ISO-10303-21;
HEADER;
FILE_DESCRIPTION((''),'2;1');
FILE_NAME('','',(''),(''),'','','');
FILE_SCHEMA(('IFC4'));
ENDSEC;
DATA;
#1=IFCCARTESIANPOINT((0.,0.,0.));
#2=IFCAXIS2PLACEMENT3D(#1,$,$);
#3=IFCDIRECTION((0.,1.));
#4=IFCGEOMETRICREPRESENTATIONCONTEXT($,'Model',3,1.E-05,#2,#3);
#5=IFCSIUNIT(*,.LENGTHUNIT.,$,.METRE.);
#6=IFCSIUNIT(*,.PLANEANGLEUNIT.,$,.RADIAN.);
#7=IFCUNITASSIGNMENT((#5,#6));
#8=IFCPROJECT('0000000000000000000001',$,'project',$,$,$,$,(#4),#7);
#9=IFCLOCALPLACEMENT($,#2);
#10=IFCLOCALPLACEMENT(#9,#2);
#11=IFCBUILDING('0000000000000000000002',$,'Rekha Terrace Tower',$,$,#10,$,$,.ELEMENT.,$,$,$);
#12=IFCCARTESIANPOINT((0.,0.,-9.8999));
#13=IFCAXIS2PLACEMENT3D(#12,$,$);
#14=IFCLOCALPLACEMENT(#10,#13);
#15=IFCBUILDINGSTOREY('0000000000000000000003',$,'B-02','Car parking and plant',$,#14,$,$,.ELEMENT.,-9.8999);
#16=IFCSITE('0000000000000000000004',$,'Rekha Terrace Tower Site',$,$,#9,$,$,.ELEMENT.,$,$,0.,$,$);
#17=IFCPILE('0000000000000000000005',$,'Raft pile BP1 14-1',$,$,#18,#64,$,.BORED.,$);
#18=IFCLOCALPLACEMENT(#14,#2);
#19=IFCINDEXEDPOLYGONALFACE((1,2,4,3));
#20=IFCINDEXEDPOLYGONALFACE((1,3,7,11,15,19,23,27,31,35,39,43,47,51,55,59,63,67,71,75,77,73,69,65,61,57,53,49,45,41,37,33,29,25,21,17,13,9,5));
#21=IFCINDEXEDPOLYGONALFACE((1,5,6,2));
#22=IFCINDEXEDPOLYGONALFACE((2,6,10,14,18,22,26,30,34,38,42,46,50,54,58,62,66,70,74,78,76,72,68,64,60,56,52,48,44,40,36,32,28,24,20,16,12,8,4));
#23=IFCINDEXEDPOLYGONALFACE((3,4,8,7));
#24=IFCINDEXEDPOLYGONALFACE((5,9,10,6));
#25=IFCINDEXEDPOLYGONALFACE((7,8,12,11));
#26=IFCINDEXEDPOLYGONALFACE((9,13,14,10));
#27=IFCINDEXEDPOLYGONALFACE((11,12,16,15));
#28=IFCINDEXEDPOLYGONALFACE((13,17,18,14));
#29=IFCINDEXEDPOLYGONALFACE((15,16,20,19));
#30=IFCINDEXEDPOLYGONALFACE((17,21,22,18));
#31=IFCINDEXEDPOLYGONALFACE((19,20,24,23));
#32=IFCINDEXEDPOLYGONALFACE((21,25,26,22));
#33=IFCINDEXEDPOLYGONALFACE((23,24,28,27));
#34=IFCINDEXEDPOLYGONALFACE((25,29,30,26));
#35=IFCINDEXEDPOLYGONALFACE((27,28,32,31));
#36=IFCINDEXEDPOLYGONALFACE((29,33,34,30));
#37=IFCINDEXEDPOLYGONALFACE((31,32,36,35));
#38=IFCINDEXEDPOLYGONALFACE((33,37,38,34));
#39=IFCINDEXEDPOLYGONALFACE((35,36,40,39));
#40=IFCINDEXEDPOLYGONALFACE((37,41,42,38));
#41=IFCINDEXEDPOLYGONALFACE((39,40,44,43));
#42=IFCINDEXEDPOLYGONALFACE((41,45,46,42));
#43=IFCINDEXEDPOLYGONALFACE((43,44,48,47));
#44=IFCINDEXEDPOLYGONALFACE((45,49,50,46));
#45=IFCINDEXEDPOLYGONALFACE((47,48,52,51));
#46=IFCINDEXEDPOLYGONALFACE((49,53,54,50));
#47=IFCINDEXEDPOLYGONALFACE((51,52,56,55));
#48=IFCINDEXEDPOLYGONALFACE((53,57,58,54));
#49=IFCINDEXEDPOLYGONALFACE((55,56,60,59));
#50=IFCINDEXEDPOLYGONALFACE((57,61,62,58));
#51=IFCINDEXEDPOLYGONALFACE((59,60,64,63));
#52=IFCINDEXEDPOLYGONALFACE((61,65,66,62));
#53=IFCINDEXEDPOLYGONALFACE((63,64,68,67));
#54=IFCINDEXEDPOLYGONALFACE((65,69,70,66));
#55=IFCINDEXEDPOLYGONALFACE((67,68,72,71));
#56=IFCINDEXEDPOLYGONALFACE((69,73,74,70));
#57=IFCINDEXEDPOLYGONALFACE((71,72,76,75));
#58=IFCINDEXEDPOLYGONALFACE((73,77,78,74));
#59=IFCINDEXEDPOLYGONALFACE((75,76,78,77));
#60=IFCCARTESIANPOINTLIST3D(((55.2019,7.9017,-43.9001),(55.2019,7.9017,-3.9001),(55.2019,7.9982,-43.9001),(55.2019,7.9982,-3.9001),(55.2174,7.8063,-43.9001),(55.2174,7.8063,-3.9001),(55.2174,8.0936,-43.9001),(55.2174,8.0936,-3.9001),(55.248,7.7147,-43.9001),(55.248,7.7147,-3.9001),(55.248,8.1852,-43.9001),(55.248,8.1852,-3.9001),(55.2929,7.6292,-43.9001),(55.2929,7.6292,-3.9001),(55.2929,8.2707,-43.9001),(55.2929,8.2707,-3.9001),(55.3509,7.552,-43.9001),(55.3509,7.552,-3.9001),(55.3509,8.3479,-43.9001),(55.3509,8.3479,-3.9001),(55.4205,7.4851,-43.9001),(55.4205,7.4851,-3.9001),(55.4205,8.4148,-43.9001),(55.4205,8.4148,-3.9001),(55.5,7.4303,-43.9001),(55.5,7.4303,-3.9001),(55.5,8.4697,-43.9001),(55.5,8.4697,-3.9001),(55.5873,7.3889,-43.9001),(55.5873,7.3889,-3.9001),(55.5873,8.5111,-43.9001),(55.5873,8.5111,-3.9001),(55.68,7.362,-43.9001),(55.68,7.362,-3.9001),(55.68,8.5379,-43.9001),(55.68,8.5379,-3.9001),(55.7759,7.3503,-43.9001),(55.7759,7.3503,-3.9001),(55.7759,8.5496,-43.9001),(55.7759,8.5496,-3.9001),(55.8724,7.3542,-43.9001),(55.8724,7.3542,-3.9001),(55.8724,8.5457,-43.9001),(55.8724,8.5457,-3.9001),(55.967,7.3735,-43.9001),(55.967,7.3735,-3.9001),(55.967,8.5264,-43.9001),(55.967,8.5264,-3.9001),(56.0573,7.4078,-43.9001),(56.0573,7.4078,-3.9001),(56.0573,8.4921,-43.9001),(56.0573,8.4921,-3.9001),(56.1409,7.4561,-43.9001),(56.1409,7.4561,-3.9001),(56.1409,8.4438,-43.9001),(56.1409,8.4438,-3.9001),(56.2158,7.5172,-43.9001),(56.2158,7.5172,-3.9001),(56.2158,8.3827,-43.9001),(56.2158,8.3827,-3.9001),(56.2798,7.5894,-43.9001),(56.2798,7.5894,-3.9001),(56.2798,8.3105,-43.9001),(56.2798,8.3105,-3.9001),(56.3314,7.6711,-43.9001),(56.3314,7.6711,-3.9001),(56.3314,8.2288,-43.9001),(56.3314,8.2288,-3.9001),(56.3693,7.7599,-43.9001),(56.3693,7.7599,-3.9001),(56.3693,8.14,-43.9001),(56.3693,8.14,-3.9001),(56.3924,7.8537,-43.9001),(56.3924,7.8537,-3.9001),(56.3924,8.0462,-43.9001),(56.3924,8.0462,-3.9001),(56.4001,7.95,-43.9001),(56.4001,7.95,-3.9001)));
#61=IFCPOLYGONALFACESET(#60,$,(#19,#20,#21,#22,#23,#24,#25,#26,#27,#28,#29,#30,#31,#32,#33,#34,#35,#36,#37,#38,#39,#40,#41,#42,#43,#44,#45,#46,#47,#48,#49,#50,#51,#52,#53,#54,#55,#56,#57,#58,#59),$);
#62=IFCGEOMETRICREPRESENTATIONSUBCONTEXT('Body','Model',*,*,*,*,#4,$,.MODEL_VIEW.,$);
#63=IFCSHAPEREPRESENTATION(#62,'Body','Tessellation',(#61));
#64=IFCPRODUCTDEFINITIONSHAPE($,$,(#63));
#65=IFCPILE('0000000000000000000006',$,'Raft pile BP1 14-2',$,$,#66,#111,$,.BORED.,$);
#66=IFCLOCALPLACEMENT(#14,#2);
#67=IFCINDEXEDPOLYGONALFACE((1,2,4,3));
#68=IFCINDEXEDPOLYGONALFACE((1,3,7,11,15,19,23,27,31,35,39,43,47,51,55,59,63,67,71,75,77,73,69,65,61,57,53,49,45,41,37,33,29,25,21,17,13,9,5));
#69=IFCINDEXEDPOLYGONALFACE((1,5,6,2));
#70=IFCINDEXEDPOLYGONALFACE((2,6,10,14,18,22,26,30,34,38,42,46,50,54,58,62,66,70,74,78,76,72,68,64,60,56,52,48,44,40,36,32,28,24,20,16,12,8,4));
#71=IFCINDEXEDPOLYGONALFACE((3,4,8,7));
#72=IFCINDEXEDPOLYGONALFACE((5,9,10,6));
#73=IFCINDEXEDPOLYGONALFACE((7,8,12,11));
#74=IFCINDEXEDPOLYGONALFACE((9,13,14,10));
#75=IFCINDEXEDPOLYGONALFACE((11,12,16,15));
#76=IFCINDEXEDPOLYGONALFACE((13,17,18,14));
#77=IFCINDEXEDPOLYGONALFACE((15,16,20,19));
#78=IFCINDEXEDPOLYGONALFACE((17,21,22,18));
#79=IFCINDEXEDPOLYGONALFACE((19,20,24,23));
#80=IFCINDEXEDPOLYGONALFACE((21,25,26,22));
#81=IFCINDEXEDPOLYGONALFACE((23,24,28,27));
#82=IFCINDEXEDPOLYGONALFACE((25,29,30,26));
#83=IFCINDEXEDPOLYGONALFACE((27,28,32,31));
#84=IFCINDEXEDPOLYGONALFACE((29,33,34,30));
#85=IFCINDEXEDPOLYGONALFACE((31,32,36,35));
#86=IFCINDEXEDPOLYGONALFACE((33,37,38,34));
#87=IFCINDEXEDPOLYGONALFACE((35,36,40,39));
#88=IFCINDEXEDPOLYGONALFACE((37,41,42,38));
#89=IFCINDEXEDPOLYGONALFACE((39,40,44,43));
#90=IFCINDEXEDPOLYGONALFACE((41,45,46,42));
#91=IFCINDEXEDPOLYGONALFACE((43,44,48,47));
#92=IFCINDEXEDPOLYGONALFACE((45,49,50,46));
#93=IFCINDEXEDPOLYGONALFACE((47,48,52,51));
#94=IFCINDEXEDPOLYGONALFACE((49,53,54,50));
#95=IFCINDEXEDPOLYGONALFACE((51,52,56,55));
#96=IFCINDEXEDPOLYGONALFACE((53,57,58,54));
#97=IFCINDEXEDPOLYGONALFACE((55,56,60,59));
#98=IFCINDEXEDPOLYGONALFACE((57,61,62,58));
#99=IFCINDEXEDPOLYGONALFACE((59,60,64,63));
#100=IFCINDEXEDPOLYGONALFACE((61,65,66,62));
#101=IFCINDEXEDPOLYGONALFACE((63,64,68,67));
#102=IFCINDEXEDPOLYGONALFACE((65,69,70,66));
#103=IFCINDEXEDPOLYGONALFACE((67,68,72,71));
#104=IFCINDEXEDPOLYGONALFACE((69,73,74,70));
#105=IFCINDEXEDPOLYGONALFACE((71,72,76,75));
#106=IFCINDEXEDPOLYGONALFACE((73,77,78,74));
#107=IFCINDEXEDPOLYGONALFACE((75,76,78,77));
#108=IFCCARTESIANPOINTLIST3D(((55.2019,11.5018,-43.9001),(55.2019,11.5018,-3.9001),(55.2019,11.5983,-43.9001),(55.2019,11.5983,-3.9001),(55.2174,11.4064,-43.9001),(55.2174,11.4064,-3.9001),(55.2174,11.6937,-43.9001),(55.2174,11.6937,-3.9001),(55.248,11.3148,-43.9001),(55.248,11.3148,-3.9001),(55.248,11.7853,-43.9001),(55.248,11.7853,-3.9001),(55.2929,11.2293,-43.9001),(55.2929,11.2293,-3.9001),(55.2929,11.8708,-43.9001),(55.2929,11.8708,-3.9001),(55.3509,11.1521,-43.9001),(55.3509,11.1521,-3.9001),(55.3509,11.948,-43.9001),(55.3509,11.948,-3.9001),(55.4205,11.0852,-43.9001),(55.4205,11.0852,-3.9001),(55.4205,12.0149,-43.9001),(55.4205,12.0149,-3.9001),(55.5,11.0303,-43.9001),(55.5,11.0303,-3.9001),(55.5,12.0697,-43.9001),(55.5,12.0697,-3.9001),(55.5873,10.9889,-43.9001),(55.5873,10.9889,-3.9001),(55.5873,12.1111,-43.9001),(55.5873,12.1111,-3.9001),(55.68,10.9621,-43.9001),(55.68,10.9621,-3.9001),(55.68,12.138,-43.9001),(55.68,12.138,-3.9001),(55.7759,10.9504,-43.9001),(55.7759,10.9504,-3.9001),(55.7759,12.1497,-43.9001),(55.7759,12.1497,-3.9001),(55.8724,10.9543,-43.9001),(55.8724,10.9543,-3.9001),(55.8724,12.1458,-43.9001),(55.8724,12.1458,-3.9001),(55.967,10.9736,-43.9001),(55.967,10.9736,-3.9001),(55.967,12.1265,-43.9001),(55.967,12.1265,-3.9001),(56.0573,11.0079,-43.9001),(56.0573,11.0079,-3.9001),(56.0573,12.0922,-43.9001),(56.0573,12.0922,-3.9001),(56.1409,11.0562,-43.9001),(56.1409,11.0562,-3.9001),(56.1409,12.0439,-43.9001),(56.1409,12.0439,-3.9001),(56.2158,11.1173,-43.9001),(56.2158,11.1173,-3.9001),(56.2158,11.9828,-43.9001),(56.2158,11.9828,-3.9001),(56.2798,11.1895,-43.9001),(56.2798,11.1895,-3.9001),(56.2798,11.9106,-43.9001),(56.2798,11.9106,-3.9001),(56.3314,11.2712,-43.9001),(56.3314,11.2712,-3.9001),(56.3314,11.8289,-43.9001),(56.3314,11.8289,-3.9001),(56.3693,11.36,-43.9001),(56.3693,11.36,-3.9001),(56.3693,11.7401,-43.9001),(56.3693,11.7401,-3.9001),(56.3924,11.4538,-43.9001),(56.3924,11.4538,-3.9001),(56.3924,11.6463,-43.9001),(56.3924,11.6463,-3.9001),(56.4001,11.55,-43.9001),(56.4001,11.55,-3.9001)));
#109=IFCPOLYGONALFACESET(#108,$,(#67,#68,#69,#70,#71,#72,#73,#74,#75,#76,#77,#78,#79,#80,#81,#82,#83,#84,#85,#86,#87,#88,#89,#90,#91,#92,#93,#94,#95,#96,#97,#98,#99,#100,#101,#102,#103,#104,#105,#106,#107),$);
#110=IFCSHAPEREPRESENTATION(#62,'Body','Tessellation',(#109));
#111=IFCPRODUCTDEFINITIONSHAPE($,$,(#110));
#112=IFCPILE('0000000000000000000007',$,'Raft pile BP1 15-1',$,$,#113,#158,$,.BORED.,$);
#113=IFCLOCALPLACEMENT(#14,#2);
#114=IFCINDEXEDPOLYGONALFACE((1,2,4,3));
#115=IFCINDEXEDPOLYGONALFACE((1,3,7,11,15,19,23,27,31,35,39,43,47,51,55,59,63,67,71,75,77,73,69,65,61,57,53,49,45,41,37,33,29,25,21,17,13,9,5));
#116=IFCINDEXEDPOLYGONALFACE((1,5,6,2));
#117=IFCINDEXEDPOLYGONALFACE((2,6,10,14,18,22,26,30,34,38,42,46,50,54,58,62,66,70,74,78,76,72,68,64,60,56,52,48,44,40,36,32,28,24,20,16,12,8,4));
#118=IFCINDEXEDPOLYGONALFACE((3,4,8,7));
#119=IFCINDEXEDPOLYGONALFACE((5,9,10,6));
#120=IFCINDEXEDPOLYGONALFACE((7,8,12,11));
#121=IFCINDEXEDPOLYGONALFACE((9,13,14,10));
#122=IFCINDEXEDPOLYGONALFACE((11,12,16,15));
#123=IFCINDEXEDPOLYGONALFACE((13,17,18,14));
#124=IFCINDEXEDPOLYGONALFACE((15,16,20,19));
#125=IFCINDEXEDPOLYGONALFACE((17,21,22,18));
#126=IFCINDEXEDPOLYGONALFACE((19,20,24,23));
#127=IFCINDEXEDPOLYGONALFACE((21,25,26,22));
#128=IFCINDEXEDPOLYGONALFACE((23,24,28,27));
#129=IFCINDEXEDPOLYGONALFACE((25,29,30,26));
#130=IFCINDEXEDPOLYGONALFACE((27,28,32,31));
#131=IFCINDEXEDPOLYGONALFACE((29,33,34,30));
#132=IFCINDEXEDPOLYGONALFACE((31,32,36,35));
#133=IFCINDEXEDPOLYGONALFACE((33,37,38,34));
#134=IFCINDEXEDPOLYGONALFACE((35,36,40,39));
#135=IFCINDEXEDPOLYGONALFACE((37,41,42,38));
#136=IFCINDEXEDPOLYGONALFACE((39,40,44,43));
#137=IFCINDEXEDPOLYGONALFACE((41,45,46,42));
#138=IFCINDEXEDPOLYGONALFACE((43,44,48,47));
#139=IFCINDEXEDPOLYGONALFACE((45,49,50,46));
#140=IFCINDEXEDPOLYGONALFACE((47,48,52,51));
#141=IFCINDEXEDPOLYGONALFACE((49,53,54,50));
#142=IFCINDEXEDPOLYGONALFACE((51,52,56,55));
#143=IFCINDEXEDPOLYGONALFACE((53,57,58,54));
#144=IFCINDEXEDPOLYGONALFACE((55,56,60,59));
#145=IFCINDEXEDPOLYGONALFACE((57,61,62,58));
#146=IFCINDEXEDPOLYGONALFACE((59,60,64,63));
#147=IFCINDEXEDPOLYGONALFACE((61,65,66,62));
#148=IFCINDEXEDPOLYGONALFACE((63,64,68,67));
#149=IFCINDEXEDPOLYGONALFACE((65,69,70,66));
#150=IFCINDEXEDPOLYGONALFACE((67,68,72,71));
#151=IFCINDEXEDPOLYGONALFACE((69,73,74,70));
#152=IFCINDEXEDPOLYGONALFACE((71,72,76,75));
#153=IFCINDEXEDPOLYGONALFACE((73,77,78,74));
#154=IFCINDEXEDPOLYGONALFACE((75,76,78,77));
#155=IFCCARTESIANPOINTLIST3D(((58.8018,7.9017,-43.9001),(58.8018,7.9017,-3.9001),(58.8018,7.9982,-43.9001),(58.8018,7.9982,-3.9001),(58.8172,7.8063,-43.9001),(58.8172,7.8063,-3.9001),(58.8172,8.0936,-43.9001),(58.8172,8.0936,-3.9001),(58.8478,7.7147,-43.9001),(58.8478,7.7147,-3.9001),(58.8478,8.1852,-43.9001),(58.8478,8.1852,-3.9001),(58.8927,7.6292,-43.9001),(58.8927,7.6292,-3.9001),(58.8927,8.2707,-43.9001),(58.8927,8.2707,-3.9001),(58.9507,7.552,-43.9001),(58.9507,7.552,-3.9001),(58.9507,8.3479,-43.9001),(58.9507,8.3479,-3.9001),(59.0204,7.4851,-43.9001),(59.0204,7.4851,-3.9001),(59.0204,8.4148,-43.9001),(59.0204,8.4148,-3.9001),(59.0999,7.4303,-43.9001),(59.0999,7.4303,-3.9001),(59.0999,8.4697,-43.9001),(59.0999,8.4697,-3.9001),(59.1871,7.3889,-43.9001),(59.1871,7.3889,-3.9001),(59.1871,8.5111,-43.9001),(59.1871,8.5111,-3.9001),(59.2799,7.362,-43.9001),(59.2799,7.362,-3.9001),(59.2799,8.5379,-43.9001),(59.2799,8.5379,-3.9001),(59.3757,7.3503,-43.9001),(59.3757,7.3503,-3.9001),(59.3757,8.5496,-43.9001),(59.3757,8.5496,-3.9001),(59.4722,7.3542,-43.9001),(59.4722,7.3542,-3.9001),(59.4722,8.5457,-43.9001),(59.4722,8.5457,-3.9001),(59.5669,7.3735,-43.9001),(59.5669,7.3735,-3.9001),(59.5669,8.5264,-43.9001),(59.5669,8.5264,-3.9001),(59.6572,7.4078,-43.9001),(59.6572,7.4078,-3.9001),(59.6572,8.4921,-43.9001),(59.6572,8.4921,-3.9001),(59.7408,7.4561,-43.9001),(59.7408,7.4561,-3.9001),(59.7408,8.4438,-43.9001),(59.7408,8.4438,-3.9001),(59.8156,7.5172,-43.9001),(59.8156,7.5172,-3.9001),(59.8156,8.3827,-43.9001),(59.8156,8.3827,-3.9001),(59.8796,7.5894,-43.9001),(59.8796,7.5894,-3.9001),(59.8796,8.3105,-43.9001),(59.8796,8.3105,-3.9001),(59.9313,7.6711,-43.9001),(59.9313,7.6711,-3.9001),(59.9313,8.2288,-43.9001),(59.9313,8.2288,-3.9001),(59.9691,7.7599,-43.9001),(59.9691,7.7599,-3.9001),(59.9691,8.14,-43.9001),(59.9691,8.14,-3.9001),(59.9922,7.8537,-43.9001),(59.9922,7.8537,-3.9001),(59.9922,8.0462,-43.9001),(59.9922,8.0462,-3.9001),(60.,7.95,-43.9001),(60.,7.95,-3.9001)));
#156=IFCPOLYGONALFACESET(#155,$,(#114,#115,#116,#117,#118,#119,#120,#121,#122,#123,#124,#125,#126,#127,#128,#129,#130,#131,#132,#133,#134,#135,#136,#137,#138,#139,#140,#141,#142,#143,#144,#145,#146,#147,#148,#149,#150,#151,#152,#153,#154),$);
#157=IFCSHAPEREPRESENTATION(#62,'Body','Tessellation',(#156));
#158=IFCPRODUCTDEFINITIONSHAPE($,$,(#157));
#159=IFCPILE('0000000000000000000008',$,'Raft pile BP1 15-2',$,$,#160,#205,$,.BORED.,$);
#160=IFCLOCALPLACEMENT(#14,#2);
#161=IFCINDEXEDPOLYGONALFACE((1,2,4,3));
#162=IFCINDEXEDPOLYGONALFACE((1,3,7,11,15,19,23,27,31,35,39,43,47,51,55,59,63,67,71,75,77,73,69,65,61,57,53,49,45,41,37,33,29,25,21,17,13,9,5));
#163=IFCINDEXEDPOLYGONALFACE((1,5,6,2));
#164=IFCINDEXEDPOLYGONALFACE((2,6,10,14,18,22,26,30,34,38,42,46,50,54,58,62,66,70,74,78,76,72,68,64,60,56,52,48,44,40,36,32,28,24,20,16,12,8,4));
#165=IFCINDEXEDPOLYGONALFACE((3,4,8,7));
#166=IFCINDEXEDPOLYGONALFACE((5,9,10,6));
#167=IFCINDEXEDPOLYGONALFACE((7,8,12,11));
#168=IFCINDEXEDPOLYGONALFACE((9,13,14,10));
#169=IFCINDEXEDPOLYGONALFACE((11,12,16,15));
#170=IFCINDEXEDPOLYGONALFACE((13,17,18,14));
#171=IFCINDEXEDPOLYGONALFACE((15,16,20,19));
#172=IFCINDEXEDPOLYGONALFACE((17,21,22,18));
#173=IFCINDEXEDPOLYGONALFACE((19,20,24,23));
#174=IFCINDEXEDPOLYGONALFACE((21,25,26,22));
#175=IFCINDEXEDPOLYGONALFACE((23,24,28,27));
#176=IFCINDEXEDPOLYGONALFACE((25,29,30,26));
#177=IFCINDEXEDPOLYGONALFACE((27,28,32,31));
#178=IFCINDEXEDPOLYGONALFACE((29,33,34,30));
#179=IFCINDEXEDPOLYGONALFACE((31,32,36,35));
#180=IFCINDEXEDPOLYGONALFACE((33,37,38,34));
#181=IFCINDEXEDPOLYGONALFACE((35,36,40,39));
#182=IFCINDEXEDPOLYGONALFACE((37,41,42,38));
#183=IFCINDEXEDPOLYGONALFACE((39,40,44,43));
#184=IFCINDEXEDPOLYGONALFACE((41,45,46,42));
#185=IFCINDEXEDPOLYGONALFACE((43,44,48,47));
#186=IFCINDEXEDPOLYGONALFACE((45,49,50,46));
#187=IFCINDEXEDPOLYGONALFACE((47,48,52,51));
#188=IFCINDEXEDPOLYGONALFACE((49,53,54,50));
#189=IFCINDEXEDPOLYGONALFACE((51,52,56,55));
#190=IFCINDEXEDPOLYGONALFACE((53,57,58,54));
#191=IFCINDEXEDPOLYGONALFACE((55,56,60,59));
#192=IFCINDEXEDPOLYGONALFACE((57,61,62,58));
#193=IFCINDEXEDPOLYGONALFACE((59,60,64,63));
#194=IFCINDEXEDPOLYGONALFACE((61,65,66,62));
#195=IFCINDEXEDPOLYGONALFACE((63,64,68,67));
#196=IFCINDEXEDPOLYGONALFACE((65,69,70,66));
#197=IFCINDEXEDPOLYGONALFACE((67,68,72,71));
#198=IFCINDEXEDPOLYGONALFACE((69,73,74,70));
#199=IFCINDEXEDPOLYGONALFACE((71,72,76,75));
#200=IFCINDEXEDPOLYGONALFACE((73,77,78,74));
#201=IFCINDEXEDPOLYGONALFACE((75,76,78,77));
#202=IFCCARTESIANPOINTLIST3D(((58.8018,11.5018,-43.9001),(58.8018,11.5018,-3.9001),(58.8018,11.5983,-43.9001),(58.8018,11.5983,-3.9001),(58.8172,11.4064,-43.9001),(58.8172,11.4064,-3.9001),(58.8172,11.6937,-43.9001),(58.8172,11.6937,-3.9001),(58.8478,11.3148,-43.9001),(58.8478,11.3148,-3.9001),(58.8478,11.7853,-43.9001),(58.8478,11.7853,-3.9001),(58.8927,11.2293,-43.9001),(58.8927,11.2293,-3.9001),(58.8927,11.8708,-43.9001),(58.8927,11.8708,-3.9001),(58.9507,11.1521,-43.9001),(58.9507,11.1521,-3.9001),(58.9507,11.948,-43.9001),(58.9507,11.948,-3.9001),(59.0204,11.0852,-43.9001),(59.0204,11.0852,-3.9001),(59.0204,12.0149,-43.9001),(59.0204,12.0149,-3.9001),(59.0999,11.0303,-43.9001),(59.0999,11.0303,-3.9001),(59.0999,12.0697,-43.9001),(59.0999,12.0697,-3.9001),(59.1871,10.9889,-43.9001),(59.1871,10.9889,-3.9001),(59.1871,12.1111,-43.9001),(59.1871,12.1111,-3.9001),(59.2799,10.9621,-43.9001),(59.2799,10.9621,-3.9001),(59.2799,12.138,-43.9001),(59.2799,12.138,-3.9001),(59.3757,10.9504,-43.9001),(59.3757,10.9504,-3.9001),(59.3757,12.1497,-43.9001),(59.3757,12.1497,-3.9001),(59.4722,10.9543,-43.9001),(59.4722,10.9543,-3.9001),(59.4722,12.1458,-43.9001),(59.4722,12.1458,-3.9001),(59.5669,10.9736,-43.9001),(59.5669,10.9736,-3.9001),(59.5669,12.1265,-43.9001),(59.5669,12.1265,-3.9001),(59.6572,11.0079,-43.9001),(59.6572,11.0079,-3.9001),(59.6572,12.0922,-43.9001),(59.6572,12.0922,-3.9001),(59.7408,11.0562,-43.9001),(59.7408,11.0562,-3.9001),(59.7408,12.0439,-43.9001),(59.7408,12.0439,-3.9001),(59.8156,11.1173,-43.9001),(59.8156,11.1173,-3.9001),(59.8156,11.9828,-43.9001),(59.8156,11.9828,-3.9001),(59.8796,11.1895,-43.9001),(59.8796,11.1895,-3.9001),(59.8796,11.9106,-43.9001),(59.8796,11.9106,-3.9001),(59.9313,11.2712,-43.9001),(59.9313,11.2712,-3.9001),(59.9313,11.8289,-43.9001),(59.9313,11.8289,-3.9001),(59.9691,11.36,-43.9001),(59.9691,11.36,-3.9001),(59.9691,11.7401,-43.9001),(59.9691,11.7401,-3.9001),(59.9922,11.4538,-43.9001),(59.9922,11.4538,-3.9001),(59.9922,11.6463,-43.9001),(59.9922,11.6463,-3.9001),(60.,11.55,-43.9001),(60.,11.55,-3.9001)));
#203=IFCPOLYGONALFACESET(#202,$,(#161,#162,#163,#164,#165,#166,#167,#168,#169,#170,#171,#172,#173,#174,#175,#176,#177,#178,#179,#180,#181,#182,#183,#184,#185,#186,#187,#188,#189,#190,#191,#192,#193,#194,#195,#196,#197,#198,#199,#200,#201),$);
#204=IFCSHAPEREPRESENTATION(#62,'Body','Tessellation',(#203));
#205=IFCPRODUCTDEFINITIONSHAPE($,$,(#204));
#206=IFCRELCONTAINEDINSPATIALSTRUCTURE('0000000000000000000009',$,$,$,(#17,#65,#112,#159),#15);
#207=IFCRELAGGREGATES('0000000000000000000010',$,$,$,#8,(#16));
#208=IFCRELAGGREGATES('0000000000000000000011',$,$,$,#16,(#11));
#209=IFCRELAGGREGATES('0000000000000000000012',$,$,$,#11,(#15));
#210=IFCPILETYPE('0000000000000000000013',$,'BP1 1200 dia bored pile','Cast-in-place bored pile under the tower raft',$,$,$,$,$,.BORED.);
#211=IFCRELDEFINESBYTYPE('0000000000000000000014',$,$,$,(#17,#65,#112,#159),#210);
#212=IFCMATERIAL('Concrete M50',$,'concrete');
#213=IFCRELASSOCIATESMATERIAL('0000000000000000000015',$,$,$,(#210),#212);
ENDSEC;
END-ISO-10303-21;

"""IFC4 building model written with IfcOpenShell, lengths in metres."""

from ifc_helpers import new_model, si_unit, direction, frame, origin, origin_2d, place, context, subcontext, project, spatial, circle, extrude, material, type_object, element, save


model = new_model("IFC4")

# Units and contexts
model_context = context("Model", 3, precision=1e-05, world=origin(), true_north=direction((0.0, 1.0)))
body_context = subcontext(model_context, "Body", "Model", "MODEL_VIEW")
ifc_project = project(units=[si_unit("LENGTHUNIT", "METRE"), si_unit("PLANEANGLEUNIT", "RADIAN")], contexts=[model_context])

# Site, building, storey
site_placement = place(None, origin())
site = spatial("IfcSite", under=ifc_project, at=site_placement, Name="Rekha Terrace Tower Site", CompositionType="ELEMENT", RefElevation=0.0)
building_placement = place(site_placement, origin())
building = spatial("IfcBuilding", under=site, at=building_placement, Name="Rekha Terrace Tower", CompositionType="ELEMENT")
storey_placement = place(building_placement, frame((0.0, 0.0, -9.8999)))
storey = spatial("IfcBuildingStorey", under=building, at=storey_placement, Name="B-02", Description="Car parking and plant", CompositionType="ELEMENT", Elevation=-9.8999)

# Piles
ifc_material_1 = material(Name="Concrete M50", Category="concrete")
pile_type_1 = type_object("IfcPileType", Name="BP1 1200 dia bored pile", Description="Cast-in-place bored pile under the tower raft", PredefinedType="BORED", material=ifc_material_1)
for number, where, z_axis, x_axis, name in (
    (1, (55.8, 7.95, -3.9001), (0.0, 0.0, -1.0), (1.0, 0.0, 0.0), "Raft pile BP1 14-1"),
    (2, (55.8, 11.55, -3.9001), (0.0, 0.0, -1.0), (1.0, 0.0, 0.0), "Raft pile BP1 14-2"),
    (3, (59.3999, 7.95, -3.9001), (0.0, 0.0, -1.0), (1.0, 0.0, 0.0), "Raft pile BP1 15-1"),
    (4, (59.3999, 11.55, -3.9001), (0.0, 0.0, -1.0), (1.0, 0.0, 0.0), "Raft pile BP1 15-2"),
):
    element("IfcPile", number, at=place(storey_placement, frame(where, z_axis=z_axis, x_axis=x_axis)), inside=storey, type_object=pile_type_1, Name=name, PredefinedType="BORED", context=body_context, shape_type="SweptSolid", body=[
        extrude(circle(Radius=0.6001, at=origin_2d()), origin(), (0.0, 0.0, 1.0), 40.0),
    ])

save(model, "model.ifc")
